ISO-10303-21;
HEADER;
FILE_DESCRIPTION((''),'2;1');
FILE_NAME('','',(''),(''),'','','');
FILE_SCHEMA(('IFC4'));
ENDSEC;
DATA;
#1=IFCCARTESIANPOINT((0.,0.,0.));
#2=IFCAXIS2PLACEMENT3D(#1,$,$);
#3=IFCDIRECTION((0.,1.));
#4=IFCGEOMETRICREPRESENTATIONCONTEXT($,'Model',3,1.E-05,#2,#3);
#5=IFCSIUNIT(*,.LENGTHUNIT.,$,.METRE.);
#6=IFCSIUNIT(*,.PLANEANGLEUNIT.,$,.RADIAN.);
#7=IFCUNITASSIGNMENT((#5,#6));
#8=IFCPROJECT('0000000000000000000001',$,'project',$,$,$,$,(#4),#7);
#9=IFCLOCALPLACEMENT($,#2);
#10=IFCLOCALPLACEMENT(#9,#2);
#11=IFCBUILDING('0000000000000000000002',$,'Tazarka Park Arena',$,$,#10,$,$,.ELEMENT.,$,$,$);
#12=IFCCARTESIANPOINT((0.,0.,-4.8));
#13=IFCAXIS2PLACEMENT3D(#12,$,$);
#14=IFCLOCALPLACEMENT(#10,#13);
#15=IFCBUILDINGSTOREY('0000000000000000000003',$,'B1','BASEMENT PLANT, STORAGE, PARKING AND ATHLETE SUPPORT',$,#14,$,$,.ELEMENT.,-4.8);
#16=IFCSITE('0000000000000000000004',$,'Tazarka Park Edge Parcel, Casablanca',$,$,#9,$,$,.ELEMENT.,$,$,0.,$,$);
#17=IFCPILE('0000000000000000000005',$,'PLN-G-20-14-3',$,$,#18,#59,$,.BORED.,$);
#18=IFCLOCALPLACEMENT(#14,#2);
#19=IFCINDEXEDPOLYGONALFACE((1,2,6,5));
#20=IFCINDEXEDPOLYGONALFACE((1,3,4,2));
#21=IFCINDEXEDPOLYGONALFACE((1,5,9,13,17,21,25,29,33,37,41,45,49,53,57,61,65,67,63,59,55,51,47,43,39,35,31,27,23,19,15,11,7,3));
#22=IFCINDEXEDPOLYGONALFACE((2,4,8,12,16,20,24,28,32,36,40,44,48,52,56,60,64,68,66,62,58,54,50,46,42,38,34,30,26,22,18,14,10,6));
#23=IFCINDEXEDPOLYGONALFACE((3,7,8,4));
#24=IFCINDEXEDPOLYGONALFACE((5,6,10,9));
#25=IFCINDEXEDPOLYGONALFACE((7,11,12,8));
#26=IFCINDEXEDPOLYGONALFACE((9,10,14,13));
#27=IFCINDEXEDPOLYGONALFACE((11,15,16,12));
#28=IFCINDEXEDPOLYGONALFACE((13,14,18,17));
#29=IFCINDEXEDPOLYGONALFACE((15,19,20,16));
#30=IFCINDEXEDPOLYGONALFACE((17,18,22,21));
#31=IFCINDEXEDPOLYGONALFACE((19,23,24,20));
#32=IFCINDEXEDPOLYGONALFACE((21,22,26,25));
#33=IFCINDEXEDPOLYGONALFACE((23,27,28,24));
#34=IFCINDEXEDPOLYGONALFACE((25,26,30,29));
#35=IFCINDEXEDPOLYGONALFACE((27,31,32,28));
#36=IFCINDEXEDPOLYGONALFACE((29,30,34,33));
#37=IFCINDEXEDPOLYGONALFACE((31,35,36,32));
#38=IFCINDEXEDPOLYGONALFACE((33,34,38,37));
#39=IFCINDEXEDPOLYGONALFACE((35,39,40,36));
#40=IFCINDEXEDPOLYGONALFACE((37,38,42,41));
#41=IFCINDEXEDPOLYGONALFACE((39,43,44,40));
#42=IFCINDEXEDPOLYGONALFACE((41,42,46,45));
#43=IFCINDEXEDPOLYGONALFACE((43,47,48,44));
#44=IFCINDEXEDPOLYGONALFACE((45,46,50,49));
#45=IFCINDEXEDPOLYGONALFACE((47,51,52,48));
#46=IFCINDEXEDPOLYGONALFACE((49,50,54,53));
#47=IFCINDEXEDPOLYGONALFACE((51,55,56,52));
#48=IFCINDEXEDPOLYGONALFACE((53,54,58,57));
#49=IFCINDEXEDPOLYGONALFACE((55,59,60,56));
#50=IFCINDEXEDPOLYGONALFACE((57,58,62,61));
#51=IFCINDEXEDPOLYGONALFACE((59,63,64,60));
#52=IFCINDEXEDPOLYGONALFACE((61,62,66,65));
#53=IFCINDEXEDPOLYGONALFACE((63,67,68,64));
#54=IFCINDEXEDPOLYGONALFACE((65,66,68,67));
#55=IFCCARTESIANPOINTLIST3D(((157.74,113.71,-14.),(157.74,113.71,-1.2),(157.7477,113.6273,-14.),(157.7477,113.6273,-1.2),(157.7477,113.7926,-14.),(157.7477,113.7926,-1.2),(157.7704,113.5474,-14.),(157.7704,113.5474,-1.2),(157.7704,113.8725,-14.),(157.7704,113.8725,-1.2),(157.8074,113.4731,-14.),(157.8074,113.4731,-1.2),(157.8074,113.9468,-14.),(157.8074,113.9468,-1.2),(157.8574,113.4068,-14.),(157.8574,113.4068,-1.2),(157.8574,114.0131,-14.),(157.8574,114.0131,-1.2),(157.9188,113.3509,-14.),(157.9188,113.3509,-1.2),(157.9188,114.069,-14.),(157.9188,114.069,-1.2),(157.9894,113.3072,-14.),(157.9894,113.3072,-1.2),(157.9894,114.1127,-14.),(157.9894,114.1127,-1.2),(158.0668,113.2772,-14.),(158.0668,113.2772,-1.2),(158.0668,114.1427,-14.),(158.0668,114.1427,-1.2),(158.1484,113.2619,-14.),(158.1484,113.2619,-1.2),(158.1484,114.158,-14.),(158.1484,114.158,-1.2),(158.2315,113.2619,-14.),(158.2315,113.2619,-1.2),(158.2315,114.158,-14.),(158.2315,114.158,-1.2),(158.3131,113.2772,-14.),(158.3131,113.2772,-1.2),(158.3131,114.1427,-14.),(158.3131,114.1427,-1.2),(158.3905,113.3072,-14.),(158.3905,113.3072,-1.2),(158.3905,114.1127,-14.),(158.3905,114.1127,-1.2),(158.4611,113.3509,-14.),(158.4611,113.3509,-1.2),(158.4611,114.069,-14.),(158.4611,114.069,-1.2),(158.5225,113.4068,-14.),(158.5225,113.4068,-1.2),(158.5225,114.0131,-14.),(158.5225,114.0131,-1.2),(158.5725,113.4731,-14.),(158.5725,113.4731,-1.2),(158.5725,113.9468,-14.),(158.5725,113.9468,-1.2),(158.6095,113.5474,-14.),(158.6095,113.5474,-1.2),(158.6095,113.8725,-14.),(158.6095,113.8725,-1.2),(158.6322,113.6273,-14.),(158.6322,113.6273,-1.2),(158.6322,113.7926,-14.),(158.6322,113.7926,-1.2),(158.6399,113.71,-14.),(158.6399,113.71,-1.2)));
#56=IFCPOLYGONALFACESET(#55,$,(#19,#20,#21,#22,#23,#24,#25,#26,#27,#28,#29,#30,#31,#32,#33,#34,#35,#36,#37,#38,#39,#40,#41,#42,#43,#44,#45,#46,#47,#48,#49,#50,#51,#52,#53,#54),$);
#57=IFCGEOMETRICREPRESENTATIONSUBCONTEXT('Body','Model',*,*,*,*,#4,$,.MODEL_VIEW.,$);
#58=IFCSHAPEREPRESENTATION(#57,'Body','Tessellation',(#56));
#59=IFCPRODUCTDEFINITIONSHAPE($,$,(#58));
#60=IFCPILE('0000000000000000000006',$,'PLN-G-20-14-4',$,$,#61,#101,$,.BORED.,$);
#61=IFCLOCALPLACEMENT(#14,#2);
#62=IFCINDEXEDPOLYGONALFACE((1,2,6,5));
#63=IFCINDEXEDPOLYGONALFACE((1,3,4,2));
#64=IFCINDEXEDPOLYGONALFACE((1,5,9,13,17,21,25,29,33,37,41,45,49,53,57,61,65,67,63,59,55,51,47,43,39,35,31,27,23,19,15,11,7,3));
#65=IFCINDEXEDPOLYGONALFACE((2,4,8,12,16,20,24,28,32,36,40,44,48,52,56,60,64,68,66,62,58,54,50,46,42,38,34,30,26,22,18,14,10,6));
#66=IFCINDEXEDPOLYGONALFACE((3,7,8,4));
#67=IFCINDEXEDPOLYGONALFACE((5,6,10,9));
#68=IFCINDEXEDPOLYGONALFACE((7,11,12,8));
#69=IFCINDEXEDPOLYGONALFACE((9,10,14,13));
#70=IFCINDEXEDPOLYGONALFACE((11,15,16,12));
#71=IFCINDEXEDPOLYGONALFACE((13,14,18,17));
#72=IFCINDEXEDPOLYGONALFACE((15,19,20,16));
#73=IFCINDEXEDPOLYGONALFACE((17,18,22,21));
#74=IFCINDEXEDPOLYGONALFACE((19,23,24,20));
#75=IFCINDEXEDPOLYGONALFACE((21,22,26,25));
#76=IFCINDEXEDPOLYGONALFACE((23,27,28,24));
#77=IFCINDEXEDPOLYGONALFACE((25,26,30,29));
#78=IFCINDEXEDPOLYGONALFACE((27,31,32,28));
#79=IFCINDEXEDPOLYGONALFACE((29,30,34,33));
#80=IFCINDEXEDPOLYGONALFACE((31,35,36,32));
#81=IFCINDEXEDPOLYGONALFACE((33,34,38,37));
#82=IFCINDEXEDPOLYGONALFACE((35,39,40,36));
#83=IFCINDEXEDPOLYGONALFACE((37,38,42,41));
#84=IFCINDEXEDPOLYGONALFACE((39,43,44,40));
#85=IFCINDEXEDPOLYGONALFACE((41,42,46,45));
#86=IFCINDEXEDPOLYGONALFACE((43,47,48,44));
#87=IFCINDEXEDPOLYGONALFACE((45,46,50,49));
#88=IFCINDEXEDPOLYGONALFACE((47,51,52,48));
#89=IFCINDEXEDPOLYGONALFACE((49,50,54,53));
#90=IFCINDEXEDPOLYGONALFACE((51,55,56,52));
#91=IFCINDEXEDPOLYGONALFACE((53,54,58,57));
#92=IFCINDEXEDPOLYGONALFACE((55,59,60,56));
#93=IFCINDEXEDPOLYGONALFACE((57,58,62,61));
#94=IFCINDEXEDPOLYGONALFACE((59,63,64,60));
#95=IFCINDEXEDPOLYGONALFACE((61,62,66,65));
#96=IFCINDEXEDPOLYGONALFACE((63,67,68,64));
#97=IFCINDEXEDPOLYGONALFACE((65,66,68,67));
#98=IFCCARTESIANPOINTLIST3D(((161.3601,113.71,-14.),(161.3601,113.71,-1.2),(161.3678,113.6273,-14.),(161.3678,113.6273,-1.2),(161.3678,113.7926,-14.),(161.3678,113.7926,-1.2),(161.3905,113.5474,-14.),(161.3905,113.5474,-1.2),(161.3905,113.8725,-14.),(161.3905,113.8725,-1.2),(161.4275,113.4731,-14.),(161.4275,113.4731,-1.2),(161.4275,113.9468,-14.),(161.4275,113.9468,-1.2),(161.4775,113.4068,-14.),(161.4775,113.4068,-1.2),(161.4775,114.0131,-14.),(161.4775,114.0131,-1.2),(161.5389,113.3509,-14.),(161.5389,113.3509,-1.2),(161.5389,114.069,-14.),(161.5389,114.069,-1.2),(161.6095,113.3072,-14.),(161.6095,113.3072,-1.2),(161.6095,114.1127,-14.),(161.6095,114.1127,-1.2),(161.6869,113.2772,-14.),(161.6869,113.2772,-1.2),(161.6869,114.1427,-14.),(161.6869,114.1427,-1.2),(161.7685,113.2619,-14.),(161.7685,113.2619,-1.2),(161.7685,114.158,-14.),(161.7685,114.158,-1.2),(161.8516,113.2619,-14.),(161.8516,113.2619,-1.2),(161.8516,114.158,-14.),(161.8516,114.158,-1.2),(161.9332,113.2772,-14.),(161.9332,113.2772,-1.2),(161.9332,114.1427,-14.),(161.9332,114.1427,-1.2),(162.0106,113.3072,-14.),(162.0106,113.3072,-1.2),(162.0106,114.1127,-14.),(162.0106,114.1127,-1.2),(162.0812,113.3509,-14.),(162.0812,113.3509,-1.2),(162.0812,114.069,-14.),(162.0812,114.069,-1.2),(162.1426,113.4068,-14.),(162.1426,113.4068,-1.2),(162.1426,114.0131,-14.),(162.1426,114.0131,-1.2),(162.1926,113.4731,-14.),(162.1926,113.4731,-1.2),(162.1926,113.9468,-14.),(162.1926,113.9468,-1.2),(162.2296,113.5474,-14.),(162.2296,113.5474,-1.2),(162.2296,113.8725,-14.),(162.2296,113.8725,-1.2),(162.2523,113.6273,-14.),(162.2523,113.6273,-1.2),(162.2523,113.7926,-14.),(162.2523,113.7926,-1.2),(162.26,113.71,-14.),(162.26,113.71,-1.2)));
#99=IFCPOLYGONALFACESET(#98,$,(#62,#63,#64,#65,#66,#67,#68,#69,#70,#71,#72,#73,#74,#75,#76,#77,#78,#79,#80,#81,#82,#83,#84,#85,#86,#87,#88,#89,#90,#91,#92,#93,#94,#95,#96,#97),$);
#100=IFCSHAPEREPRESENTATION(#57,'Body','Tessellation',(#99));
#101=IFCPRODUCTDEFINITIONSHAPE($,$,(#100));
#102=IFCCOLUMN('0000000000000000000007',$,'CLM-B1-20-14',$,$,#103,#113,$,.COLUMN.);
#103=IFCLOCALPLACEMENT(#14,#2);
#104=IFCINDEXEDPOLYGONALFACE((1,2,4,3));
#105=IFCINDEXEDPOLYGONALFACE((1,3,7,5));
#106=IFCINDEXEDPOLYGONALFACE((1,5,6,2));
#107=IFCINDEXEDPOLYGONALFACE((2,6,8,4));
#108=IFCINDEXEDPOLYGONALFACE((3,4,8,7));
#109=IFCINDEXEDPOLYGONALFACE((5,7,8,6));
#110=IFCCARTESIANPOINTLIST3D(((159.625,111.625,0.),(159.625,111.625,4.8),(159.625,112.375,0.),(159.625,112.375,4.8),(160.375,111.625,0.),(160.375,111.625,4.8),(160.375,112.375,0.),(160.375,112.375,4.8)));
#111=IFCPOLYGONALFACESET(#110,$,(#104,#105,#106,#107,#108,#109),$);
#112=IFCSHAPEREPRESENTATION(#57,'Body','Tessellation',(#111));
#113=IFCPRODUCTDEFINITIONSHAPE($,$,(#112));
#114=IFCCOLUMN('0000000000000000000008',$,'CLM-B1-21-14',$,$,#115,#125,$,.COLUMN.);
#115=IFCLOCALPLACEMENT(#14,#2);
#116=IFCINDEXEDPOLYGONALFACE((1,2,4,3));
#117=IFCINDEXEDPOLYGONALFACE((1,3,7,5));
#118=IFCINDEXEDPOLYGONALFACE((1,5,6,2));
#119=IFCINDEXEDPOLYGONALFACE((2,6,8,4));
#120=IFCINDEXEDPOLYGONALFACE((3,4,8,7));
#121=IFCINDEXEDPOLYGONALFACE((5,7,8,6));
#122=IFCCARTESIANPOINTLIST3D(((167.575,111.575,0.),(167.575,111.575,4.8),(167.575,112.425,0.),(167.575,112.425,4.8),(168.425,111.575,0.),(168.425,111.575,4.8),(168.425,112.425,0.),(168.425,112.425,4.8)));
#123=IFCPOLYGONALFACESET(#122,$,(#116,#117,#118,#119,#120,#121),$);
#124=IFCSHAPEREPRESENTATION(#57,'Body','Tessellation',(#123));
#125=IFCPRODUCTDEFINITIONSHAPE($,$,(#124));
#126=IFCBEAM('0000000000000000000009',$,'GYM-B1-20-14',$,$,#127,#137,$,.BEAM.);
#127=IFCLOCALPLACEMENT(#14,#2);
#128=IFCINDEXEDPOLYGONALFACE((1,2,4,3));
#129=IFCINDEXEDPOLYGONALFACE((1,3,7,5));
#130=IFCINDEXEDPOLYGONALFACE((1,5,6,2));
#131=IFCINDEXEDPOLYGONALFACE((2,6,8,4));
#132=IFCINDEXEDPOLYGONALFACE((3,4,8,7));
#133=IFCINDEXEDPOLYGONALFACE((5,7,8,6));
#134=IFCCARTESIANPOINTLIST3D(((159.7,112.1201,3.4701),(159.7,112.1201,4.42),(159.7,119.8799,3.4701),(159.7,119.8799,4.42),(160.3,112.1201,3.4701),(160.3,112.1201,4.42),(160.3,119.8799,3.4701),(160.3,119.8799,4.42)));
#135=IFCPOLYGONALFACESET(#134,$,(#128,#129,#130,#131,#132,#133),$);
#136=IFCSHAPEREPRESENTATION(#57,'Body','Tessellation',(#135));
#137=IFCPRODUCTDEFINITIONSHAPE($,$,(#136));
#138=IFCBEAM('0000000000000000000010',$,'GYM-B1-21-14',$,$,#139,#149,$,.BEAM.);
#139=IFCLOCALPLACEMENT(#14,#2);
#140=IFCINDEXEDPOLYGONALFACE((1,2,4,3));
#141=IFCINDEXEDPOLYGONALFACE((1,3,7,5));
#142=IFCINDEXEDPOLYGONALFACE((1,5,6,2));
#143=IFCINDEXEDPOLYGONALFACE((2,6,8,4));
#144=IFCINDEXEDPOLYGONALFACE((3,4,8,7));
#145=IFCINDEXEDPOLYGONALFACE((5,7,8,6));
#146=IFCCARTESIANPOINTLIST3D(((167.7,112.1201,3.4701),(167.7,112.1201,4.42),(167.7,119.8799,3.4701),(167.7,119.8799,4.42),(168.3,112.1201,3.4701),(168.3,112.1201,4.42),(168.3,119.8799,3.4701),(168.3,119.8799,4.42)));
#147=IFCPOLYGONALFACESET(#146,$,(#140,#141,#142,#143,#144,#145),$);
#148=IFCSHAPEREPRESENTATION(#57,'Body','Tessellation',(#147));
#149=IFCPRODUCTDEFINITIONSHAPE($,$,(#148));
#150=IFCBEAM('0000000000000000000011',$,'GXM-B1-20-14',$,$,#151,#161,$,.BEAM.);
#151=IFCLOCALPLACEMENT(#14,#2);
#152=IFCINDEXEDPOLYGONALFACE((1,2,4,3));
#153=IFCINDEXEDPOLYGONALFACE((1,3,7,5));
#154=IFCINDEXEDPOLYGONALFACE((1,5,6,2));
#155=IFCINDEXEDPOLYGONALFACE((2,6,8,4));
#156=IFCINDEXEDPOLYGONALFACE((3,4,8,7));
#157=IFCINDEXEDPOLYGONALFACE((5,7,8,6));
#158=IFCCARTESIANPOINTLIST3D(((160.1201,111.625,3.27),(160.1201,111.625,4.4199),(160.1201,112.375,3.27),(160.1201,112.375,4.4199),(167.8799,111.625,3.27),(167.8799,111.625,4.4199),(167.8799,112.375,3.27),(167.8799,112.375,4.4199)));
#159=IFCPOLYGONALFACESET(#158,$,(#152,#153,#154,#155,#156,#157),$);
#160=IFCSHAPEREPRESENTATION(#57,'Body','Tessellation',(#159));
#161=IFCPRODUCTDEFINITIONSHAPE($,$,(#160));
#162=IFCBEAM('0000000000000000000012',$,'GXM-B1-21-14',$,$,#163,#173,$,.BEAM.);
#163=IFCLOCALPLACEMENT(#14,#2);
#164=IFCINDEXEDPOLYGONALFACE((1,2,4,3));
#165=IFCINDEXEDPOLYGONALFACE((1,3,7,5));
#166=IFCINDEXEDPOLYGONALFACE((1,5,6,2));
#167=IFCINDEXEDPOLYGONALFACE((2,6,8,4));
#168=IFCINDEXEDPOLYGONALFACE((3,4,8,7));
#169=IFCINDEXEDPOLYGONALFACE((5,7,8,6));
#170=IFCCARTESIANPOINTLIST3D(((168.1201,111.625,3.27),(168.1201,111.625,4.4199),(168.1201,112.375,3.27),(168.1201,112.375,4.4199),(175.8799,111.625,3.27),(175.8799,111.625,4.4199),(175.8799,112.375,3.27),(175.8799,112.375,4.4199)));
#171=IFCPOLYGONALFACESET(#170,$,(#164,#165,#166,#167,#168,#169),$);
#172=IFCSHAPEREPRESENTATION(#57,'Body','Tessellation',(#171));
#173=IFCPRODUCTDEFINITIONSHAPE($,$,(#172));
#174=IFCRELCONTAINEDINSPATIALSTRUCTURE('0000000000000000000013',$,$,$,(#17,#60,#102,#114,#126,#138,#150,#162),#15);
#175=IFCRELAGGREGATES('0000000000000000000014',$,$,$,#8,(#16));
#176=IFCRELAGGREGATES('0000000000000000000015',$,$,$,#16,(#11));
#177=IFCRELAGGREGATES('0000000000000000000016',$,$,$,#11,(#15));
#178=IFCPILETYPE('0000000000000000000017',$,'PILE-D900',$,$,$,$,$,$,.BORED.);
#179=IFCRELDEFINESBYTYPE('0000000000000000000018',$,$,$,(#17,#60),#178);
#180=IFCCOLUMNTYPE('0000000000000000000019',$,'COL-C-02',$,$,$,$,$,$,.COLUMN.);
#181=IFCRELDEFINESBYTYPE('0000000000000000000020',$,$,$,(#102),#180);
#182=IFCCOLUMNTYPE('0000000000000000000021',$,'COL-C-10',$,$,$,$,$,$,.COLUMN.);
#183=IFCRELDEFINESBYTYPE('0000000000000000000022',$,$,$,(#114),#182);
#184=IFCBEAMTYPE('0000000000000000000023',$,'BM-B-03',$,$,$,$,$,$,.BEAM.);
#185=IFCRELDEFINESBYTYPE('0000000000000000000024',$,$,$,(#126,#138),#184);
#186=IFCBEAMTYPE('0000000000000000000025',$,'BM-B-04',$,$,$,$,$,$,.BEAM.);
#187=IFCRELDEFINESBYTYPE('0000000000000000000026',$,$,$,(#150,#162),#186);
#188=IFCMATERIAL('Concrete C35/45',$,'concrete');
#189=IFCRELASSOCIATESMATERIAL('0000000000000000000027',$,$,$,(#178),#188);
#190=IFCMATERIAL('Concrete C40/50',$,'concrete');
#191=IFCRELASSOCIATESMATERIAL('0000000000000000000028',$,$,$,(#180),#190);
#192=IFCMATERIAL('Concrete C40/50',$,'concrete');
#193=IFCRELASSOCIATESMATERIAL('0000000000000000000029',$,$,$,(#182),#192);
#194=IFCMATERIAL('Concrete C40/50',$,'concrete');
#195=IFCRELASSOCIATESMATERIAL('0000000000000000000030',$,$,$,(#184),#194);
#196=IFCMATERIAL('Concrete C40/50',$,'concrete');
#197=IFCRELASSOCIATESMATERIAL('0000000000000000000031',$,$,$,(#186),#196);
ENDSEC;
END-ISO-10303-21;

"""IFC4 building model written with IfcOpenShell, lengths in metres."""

from ifc_helpers import new_model, si_unit, direction, frame, origin, origin_2d, place, context, subcontext, project, spatial, rectangle, circle, extrude, material, material_profile, profile_set, type_object, element, save


model = new_model("IFC4")

# Units and contexts
model_context = context("Model", 3, precision=1e-05, world=origin(), true_north=direction((0.0, 1.0)))
body_context = subcontext(model_context, "Body", "Model", "MODEL_VIEW")
ifc_project = project(units=[si_unit("LENGTHUNIT", "METRE"), si_unit("PLANEANGLEUNIT", "RADIAN")], contexts=[model_context])

# Site, building, storey
site_placement = place(None, origin())
site = spatial("IfcSite", under=ifc_project, at=site_placement, Name="Tazarka Park Edge Parcel, Casablanca", CompositionType="ELEMENT", RefElevation=0.0)
building_placement = place(site_placement, origin())
building = spatial("IfcBuilding", under=site, at=building_placement, Name="Tazarka Park Arena", CompositionType="ELEMENT")
storey_placement = place(building_placement, frame((0.0, 0.0, -4.8)))
storey = spatial("IfcBuildingStorey", under=building, at=storey_placement, Name="B1", Description="BASEMENT PLANT, STORAGE, PARKING AND ATHLETE SUPPORT", CompositionType="ELEMENT", Elevation=-4.8)

# Piles
ifc_material_1 = material(Name="Concrete C35/45", Category="concrete")
ifc_material_profile_1 = material_profile(ifc_material_1, circle(Radius=0.45, at=origin_2d()), Name="Concrete C35/45")
ifc_profile_set_1 = profile_set([ifc_material_profile_1], Name="Concrete C35/45")
pile_type = type_object("IfcPileType", Name="PILE-D900", PredefinedType="BORED", material=ifc_profile_set_1)
for number, where, z_axis, x_axis, name in (
    (1, (158.1899, 113.71, -1.2), (0.0, 0.0, -1.0), (1.0, 0.0, 0.0), "PLN-G-20-14-3"),
    (2, (161.8101, 113.71, -1.2), (0.0, 0.0, -1.0), (1.0, 0.0, 0.0), "PLN-G-20-14-4"),
):
    element("IfcPile", number, at=place(storey_placement, frame(where, z_axis=z_axis, x_axis=x_axis)), inside=storey, type_object=pile_type, Name=name, PredefinedType="BORED", context=body_context, shape_type="SweptSolid", body=[
        extrude(circle(Radius=0.45, at=origin_2d()), origin(), (0.0, 0.0, 1.0), 12.8),
    ])

# Columns
ifc_material_2 = material(Name="Concrete C40/50", Category="concrete")
ifc_material_profile_2 = material_profile(ifc_material_2, rectangle(XDim=0.75, YDim=0.75, at=origin_2d()), Name="Concrete C40/50")
ifc_profile_set_2 = profile_set([ifc_material_profile_2], Name="Concrete C40/50")
column_type_1 = type_object("IfcColumnType", Name="COL-C-02", PredefinedType="COLUMN", material=ifc_profile_set_2)
column_1_placement = place(storey_placement, frame((160.0, 112.0, 0.0), z_axis=(0.0, 0.0, 1.0), x_axis=(1.0, 0.0, 0.0)))
element("IfcColumn", 3, at=column_1_placement, inside=storey, type_object=column_type_1, Name="CLM-B1-20-14", PredefinedType="COLUMN", context=body_context, shape_type="SweptSolid", body=[
    extrude(rectangle(XDim=0.75, YDim=0.75, at=origin_2d()), origin(), (0.0, 0.0, 1.0), 4.8),
])
ifc_material_3 = material(Name="Concrete C40/50", Category="concrete")
ifc_material_profile_3 = material_profile(ifc_material_3, rectangle(XDim=0.8501, YDim=0.8501, at=origin_2d()), Name="Concrete C40/50")
ifc_profile_set_3 = profile_set([ifc_material_profile_3], Name="Concrete C40/50")
column_type_2 = type_object("IfcColumnType", Name="COL-C-10", PredefinedType="COLUMN", material=ifc_profile_set_3)
column_2_placement = place(storey_placement, frame((168.0, 112.0, 0.0), z_axis=(0.0, 0.0, 1.0), x_axis=(1.0, 0.0, 0.0)))
element("IfcColumn", 4, at=column_2_placement, inside=storey, type_object=column_type_2, Name="CLM-B1-21-14", PredefinedType="COLUMN", context=body_context, shape_type="SweptSolid", body=[
    extrude(rectangle(XDim=0.8501, YDim=0.8501, at=origin_2d()), origin(), (0.0, 0.0, 1.0), 4.8),
])

# Beams
ifc_material_4 = material(Name="Concrete C40/50", Category="concrete")
ifc_material_profile_4 = material_profile(ifc_material_4, rectangle(XDim=0.6001, YDim=0.95, at=origin_2d()), Name="Concrete C40/50")
ifc_profile_set_4 = profile_set([ifc_material_profile_4], Name="Concrete C40/50")
beam_type_1 = type_object("IfcBeamType", Name="BM-B-03", PredefinedType="BEAM", material=ifc_profile_set_4)
for number, where, z_axis, x_axis, name in (
    (5, (160.0, 112.1201, 3.9451), (0.0, 1.0, 0.0), (-1.0, 0.0, 0.0), "GYM-B1-20-14"),
    (6, (168.0, 112.1201, 3.9451), (0.0, 1.0, 0.0), (-1.0, 0.0, 0.0), "GYM-B1-21-14"),
):
    element("IfcBeam", number, at=place(storey_placement, frame(where, z_axis=z_axis, x_axis=x_axis)), inside=storey, type_object=beam_type_1, Name=name, PredefinedType="BEAM", context=body_context, shape_type="SweptSolid", body=[
        extrude(rectangle(XDim=0.6001, YDim=0.95, at=origin_2d()), origin(), (0.0, 0.0, 1.0), 7.7598),
    ])
ifc_material_5 = material(Name="Concrete C40/50", Category="concrete")
ifc_material_profile_5 = material_profile(ifc_material_5, rectangle(XDim=0.75, YDim=1.1499, at=origin_2d()), Name="Concrete C40/50")
ifc_profile_set_5 = profile_set([ifc_material_profile_5], Name="Concrete C40/50")
beam_type_2 = type_object("IfcBeamType", Name="BM-B-04", PredefinedType="BEAM", material=ifc_profile_set_5)
for number, where, z_axis, x_axis, name in (
    (7, (160.1201, 112.0, 3.845), (1.0, 0.0, 0.0), (0.0, 1.0, 0.0), "GXM-B1-20-14"),
    (8, (168.1201, 112.0, 3.845), (1.0, 0.0, 0.0), (0.0, 1.0, 0.0), "GXM-B1-21-14"),
):
    element("IfcBeam", number, at=place(storey_placement, frame(where, z_axis=z_axis, x_axis=x_axis)), inside=storey, type_object=beam_type_2, Name=name, PredefinedType="BEAM", context=body_context, shape_type="SweptSolid", body=[
        extrude(rectangle(XDim=0.75, YDim=1.1499, at=origin_2d()), origin(), (0.0, 0.0, 1.0), 7.7598),
    ])

save(model, "model.ifc")
